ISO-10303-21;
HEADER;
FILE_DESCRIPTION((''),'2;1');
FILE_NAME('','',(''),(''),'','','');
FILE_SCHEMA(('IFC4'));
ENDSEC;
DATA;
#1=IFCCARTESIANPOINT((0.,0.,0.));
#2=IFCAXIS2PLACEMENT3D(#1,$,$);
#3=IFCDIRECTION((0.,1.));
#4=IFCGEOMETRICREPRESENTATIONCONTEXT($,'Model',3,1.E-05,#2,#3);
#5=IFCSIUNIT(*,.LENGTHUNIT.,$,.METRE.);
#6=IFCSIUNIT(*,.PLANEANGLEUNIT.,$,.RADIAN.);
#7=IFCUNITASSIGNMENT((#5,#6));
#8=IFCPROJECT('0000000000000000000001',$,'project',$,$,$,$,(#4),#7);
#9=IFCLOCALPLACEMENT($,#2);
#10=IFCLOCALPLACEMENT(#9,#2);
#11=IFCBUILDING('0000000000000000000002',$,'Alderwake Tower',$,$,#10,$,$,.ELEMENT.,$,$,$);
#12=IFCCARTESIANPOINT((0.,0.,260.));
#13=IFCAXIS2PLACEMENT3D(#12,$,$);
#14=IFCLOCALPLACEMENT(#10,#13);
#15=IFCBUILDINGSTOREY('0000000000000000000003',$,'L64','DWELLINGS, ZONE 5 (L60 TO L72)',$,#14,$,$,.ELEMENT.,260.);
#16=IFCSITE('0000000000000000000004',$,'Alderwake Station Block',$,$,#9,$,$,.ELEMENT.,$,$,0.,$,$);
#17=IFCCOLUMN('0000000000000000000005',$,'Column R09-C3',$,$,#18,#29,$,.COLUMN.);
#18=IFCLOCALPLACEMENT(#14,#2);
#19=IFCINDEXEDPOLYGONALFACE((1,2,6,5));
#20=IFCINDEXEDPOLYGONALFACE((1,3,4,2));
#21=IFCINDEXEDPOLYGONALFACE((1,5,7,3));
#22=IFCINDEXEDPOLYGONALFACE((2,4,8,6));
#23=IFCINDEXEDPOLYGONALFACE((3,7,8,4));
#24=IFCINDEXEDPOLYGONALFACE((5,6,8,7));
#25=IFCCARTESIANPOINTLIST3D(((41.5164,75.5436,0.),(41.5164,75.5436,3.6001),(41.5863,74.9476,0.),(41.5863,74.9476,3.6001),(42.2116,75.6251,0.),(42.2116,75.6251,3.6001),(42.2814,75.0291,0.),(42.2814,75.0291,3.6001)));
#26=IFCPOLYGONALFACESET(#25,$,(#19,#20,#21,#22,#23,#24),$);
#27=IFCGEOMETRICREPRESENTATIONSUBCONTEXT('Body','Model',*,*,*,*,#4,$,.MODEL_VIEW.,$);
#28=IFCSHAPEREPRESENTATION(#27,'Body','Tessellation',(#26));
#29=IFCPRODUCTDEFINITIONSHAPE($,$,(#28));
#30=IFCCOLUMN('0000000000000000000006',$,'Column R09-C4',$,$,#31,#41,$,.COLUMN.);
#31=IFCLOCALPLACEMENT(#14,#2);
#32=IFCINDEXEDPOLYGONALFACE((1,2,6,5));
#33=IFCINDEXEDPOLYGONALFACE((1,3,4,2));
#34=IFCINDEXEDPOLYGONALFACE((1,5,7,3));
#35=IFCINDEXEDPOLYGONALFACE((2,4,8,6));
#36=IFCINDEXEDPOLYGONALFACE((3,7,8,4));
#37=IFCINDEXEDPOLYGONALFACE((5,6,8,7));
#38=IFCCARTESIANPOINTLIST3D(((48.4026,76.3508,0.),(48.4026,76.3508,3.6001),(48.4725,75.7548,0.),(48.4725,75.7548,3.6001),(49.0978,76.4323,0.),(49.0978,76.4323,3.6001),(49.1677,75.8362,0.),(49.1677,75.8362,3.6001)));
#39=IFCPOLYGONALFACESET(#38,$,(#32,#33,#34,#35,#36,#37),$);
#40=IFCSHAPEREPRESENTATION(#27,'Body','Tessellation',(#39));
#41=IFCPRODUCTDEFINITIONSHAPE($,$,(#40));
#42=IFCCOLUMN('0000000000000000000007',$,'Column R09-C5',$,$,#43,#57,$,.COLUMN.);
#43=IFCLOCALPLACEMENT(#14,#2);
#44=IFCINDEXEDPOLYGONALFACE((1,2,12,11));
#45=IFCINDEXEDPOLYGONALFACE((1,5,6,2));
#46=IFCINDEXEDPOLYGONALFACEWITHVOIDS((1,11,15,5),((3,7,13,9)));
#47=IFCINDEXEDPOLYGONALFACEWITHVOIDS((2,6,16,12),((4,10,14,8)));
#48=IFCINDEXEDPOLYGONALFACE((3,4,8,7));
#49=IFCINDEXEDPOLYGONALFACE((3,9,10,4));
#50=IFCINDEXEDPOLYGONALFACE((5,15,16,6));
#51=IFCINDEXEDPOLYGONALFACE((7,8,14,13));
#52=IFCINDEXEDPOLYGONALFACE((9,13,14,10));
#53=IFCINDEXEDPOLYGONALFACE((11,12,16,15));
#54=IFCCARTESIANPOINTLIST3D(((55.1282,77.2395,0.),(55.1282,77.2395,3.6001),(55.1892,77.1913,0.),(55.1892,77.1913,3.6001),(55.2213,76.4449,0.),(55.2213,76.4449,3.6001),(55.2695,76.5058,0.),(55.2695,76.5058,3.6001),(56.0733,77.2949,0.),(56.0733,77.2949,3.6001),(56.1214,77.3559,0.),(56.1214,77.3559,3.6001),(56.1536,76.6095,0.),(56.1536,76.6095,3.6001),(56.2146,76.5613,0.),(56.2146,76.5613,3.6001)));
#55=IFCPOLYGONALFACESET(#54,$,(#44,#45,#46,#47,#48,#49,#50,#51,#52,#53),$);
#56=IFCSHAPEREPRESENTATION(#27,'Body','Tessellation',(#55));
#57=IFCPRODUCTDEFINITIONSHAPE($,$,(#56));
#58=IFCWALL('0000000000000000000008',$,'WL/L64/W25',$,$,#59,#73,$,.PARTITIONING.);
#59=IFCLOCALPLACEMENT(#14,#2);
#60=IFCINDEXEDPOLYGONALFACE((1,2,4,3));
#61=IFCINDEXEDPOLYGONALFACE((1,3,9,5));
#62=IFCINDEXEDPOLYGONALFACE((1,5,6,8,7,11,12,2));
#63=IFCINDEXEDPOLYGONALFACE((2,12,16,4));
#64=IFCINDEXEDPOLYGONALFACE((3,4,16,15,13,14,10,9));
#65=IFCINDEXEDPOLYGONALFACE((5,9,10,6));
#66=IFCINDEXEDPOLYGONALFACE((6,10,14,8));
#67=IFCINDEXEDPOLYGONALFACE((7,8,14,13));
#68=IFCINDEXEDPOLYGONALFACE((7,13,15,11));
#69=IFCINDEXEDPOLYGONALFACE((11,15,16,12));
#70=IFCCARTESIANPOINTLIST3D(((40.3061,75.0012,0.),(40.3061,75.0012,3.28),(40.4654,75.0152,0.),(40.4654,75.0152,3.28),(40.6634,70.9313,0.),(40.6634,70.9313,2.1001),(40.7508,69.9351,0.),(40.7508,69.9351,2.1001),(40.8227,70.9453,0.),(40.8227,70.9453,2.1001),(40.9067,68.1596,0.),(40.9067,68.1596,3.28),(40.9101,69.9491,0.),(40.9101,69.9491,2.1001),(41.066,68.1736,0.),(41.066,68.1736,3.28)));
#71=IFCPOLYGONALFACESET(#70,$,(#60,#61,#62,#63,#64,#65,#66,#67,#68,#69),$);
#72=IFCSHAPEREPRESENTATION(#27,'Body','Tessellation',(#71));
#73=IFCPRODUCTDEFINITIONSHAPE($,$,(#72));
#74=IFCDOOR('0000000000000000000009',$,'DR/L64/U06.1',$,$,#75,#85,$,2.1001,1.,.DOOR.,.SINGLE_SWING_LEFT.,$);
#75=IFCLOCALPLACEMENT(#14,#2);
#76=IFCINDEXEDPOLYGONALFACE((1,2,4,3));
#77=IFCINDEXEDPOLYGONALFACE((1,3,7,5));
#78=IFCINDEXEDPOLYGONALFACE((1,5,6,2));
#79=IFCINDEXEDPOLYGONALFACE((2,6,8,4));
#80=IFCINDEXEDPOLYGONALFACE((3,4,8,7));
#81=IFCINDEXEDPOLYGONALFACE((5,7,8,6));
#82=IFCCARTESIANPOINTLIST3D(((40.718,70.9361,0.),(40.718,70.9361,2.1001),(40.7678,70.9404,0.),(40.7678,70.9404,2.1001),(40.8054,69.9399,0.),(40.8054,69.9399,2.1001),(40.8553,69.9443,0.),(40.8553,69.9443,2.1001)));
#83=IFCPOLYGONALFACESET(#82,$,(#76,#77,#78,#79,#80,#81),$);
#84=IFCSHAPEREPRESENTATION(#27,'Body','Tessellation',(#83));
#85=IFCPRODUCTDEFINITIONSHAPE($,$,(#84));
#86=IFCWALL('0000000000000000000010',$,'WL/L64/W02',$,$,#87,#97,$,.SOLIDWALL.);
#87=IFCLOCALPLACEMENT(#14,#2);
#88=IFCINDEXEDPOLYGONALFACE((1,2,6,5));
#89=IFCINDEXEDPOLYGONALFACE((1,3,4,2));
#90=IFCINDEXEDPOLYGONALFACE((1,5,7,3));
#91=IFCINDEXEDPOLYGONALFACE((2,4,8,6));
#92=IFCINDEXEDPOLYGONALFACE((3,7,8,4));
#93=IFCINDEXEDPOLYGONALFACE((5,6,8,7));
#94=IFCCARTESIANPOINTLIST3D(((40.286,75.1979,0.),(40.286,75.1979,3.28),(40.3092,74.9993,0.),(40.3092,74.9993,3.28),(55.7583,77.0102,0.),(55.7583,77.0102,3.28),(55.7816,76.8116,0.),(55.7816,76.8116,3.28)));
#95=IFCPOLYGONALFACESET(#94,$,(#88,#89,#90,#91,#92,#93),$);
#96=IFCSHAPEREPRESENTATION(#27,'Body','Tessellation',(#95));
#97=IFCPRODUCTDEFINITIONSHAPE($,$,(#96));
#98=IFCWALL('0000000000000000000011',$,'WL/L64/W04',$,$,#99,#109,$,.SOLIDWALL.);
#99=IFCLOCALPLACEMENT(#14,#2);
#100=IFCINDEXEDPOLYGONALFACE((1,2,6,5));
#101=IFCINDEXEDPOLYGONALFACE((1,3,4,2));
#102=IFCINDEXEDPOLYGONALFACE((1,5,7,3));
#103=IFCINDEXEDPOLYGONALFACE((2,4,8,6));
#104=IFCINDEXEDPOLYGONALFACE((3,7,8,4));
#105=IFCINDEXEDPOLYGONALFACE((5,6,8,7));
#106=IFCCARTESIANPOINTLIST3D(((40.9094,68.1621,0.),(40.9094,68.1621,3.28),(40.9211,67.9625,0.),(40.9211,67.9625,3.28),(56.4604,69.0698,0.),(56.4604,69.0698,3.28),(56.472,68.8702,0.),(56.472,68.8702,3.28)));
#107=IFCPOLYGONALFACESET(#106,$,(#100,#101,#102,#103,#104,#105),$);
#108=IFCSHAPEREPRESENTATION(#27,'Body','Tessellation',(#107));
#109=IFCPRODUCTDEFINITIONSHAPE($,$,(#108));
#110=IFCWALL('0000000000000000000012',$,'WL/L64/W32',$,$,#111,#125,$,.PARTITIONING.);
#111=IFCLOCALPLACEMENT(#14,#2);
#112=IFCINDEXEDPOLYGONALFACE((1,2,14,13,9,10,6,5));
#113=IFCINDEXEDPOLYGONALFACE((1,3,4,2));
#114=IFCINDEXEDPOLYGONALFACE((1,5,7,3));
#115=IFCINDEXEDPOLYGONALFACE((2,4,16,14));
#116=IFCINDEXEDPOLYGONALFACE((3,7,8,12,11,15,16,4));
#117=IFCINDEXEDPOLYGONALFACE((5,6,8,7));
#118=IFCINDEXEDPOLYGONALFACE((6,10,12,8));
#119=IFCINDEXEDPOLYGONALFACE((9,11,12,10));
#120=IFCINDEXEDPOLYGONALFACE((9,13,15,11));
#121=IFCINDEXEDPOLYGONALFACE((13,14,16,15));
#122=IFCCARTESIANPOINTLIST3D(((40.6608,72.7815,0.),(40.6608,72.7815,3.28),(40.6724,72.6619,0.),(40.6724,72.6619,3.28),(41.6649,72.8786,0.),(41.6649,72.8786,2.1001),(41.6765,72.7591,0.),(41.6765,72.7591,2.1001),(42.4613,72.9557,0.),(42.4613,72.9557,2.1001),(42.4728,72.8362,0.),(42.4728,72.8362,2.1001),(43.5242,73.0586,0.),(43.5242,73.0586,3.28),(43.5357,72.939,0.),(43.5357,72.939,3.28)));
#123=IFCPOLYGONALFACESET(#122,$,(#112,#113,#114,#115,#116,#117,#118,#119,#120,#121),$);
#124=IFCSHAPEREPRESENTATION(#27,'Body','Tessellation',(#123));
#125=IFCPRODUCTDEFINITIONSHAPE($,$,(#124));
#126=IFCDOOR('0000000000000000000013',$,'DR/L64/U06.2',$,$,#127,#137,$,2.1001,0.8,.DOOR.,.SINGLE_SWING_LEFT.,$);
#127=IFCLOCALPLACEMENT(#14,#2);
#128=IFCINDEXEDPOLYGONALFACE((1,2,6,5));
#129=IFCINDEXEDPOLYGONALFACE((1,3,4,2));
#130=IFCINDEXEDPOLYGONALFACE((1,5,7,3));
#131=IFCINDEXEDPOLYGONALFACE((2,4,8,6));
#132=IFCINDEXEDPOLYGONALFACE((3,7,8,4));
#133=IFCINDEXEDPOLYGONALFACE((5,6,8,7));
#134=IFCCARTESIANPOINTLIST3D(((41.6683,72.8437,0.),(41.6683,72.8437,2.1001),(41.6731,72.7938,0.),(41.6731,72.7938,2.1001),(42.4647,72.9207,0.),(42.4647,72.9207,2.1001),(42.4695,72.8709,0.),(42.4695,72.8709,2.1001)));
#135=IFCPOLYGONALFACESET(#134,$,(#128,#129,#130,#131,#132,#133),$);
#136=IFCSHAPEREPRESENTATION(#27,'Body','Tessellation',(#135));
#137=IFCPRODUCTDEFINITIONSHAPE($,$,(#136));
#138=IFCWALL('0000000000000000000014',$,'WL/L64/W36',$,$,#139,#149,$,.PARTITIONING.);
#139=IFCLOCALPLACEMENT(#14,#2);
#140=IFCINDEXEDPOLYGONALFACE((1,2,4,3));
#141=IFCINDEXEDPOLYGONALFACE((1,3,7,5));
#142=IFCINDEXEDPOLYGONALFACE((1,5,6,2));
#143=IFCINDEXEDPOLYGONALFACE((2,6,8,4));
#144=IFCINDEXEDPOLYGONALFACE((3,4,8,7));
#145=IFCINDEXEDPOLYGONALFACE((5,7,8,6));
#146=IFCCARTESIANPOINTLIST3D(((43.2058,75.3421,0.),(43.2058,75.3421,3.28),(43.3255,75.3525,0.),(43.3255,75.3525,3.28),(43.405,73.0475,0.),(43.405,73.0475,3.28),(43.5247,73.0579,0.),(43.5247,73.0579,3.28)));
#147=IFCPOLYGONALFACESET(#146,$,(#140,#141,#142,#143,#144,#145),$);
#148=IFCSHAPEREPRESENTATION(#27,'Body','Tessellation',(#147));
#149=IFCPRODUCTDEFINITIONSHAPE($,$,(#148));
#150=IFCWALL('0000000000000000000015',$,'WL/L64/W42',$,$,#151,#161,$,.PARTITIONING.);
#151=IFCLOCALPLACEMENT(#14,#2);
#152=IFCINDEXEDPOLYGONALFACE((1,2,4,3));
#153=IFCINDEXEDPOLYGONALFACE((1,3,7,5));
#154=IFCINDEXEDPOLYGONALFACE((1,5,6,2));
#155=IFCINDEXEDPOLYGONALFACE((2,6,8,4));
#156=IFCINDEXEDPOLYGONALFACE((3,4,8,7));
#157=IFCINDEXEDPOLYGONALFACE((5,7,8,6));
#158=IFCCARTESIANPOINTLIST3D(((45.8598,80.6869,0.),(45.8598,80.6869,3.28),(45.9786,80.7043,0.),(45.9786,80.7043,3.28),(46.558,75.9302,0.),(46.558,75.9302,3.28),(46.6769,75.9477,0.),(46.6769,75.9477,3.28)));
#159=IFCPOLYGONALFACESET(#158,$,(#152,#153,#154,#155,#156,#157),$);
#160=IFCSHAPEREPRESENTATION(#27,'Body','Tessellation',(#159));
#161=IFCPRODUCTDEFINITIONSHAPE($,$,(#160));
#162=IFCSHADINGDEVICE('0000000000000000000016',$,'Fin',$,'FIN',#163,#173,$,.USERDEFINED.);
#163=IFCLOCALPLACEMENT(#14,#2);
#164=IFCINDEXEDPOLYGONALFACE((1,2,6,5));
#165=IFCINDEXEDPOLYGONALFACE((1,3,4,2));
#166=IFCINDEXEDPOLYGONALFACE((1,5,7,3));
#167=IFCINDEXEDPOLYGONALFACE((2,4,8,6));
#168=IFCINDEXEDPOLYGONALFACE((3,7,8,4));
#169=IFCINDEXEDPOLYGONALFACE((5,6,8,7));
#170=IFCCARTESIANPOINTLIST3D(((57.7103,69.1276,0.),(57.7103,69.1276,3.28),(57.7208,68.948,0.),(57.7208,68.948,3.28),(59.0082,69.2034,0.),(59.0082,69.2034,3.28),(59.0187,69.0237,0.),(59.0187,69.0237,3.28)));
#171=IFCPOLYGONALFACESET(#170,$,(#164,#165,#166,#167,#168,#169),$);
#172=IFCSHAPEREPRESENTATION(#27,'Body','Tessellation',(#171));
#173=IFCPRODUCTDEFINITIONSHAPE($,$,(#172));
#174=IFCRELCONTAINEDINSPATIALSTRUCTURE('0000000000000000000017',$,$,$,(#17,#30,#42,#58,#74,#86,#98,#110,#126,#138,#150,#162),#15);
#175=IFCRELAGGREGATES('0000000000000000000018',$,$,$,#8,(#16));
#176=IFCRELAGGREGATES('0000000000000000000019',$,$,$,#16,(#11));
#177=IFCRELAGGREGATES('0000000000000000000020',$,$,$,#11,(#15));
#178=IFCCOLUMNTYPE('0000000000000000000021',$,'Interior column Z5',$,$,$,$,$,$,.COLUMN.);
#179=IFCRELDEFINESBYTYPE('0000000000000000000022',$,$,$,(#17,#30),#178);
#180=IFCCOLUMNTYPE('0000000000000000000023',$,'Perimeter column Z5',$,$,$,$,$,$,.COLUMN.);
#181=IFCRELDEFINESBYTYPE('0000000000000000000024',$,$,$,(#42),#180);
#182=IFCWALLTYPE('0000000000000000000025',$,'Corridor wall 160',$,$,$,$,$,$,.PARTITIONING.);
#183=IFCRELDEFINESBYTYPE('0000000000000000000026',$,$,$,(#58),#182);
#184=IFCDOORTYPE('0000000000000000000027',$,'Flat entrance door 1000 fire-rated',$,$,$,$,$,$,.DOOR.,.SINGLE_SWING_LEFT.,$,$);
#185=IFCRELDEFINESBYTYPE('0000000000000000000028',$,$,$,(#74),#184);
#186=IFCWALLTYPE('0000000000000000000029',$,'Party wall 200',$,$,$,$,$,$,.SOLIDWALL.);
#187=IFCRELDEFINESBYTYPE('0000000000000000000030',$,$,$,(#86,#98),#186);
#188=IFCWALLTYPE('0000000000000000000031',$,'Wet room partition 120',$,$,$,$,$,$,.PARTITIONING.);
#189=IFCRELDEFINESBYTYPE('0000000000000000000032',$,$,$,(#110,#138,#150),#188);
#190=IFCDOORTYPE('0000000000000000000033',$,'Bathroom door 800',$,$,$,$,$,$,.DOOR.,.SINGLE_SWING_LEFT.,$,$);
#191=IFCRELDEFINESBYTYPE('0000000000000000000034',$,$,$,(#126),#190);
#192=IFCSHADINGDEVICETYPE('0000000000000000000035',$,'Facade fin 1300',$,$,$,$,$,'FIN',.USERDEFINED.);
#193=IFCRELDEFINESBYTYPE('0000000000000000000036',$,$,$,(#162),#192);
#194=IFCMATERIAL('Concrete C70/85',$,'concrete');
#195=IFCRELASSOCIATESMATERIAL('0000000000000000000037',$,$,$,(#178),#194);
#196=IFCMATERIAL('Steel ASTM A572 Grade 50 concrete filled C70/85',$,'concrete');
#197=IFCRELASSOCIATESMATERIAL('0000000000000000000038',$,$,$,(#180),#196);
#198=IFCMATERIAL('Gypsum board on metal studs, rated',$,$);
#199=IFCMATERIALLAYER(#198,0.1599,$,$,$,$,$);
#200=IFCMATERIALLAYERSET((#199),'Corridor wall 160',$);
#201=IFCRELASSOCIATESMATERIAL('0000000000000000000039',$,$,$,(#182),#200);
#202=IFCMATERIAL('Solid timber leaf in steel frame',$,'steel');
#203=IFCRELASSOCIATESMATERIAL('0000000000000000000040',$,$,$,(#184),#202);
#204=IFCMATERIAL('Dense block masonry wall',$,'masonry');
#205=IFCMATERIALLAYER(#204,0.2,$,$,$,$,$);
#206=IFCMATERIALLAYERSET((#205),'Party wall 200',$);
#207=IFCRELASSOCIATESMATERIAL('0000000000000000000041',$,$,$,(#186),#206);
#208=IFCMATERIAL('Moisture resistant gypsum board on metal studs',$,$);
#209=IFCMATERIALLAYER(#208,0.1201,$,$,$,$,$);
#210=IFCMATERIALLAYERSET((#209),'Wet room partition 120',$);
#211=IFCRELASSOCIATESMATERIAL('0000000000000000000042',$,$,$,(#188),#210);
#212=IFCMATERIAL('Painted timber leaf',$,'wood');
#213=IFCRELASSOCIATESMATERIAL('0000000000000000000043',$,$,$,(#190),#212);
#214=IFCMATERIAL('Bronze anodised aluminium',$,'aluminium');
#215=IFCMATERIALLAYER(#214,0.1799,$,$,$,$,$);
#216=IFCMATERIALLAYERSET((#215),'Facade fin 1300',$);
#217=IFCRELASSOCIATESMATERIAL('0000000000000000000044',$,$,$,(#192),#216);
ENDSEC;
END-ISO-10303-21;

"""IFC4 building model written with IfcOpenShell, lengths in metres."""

from ifc_helpers import new_model, si_unit, direction, frame, frame_2d, origin, origin_2d, place, context, subcontext, project, spatial, rectangle, hollow_rectangle, extrude, material, layer, layer_set, material_profile, profile_set, type_object, element, fill, save


model = new_model("IFC4")

# Units and contexts
model_context = context("Model", 3, precision=1e-05, world=origin(), true_north=direction((0.0, 1.0)))
body_context = subcontext(model_context, "Body", "Model", "MODEL_VIEW")
ifc_project = project(units=[si_unit("LENGTHUNIT", "METRE"), si_unit("PLANEANGLEUNIT", "RADIAN")], contexts=[model_context])

# Site, building, storey
site_placement = place(None, origin())
site = spatial("IfcSite", under=ifc_project, at=site_placement, Name="Alderwake Station Block", CompositionType="ELEMENT", RefElevation=0.0)
building_placement = place(site_placement, origin())
building = spatial("IfcBuilding", under=site, at=building_placement, Name="Alderwake Tower", CompositionType="ELEMENT")
storey_placement = place(building_placement, frame((0.0, 0.0, 260.0)))
storey = spatial("IfcBuildingStorey", under=building, at=storey_placement, Name="L64", Description="DWELLINGS, ZONE 5 (L60 TO L72)", CompositionType="ELEMENT", Elevation=260.0)

# Columns
ifc_material_1 = material(Name="Concrete C70/85", Category="concrete")
ifc_material_profile_1 = material_profile(ifc_material_1, rectangle(XDim=0.6001, YDim=0.7, at=origin_2d()), Name="RC 700X600")
ifc_profile_set_1 = profile_set([ifc_material_profile_1], Name="Concrete C70/85")
column_type_1 = type_object("IfcColumnType", Name="Interior column Z5", PredefinedType="COLUMN", material=ifc_profile_set_1)
for number, where, z_axis, x_axis, name in (
    (1, (41.8989, 75.2864, 0.0), (0.0, 0.0, 1.0), (-0.116402, 0.993202, 0.0), "Column R09-C3"),
    (2, (48.7852, 76.0935, 0.0), (0.0, 0.0, 1.0), (-0.116402, 0.993202, 0.0), "Column R09-C4"),
):
    element("IfcColumn", number, at=place(storey_placement, frame(where, z_axis=z_axis, x_axis=x_axis)), inside=storey, type_object=column_type_1, Name=name, PredefinedType="COLUMN", context=body_context, shape_type="SweptSolid", body=[
        extrude(rectangle(XDim=0.6001, YDim=0.7, at=origin_2d()), origin(), (0.0, 0.0, 1.0), 3.6001),
    ])
ifc_material_2 = material(Name="Steel ASTM A572 Grade 50 concrete filled C70/85", Category="concrete")
ifc_material_profile_2 = material_profile(ifc_material_2, hollow_rectangle(XDim=0.8, YDim=1.0, WallThickness=0.0549, at=origin_2d()), Name="BOX 1000X800X55")
ifc_profile_set_2 = profile_set([ifc_material_profile_2], Name="Steel ASTM A572 Grade 50 concrete filled C70/85")
column_type_2 = type_object("IfcColumnType", Name="Perimeter column Z5", PredefinedType="COLUMN", material=ifc_profile_set_2)
column_placement = place(storey_placement, frame((55.6714, 76.9004, 0.0), z_axis=(0.0, 0.0, 1.0), x_axis=(-0.116402, 0.993202, 0.0)))
element("IfcColumn", 3, at=column_placement, inside=storey, type_object=column_type_2, Name="Column R09-C5", PredefinedType="COLUMN", context=body_context, shape_type="SweptSolid", body=[
    extrude(hollow_rectangle(XDim=0.8, YDim=1.0, WallThickness=0.0549, at=origin_2d()), origin(), (0.0, 0.0, 1.0), 3.6001),
])

# Wall, opening, door
ifc_material_3 = material(Name="Gypsum board on metal studs, rated")
ifc_layer_1 = layer(ifc_material_3, 0.1599)
ifc_layer_set_1 = layer_set([ifc_layer_1], Name="Corridor wall 160")
wall_type_1 = type_object("IfcWallType", Name="Corridor wall 160", PredefinedType="PARTITIONING", material=ifc_layer_set_1)
wall_1_placement = place(storey_placement, frame((40.3857, 75.0083, 0.0), z_axis=(0.0, 0.0, 1.0), x_axis=(0.087449, -0.996169, 0.0)))
wall_1 = element("IfcWall", 4, at=wall_1_placement, inside=storey, type_object=wall_type_1, Name="WL/L64/W25", PredefinedType="PARTITIONING", context=body_context, shape_type="SweptSolid", body=[
    extrude(rectangle(XDim=6.8679, YDim=0.1599, at=frame_2d((3.4341, 0.0))), origin(), (0.0, 0.0, 1.0), 3.28),
])
opening_1_placement = place(wall_1_placement, frame((4.0857, 0.0, 0.0)))
opening_1 = element("IfcOpeningElement", 5, at=opening_1_placement, cuts=wall_1, PredefinedType="OPENING", context=body_context, shape_type="SweptSolid", body=[
    extrude(rectangle(XDim=1.0, YDim=2.1001, at=frame_2d((0.5, 1.05))), frame((0.0, 0.0898, 0.0), z_axis=(0.0, -1.0, 0.0), x_axis=(1.0, 0.0, 0.0)), (0.0, 0.0, 1.0), 0.1799),
])
ifc_material_4 = material(Name="Solid timber leaf in steel frame", Category="steel")
door_type_1 = type_object("IfcDoorType", Name="Flat entrance door 1000 fire-rated", OperationType="SINGLE_SWING_LEFT", PredefinedType="DOOR", material=ifc_material_4)
door_1_placement = place(opening_1_placement, origin())
door_1 = element("IfcDoor", 6, at=door_1_placement, inside=storey, type_object=door_type_1, Name="DR/L64/U06.1", OperationType="SINGLE_SWING_LEFT", OverallHeight=2.1001, OverallWidth=1.0, PredefinedType="DOOR", context=body_context, shape_type="SweptSolid", body=[
    extrude(rectangle(XDim=1.0, YDim=2.1001, at=frame_2d((0.5, 1.05))), frame((0.0, 0.0249, 0.0), z_axis=(0.0, -1.0, 0.0), x_axis=(1.0, 0.0, 0.0)), (0.0, 0.0, 1.0), 0.05),
])
fill(opening_1, door_1)

# Walls
ifc_material_5 = material(Name="Dense block masonry wall", Category="masonry")
ifc_layer_2 = layer(ifc_material_5, 0.2)
ifc_layer_set_2 = layer_set([ifc_layer_2], Name="Party wall 200")
wall_type_2 = type_object("IfcWallType", Name="Party wall 200", PredefinedType="SOLIDWALL", material=ifc_layer_set_2)
wall_2_placement = place(storey_placement, frame((40.2976, 75.0986, 0.0), z_axis=(0.0, 0.0, 1.0), x_axis=(0.99321, 0.116333, 0.0)))
element("IfcWall", 7, at=wall_2_placement, inside=storey, type_object=wall_type_2, Name="WL/L64/W02", PredefinedType="SOLIDWALL", context=body_context, shape_type="SweptSolid", body=[
    extrude(rectangle(XDim=15.5781, YDim=0.2, at=frame_2d((7.7891, 0.0))), origin(), (0.0, 0.0, 1.0), 3.28),
])
wall_3_placement = place(storey_placement, frame((56.4661, 68.97, 0.0), z_axis=(0.0, 0.0, 1.0), x_axis=(-0.998301, -0.058271, 0.0)))
element("IfcWall", 8, at=wall_3_placement, inside=storey, type_object=wall_type_2, Name="WL/L64/W04", PredefinedType="SOLIDWALL", context=body_context, shape_type="SweptSolid", body=[
    extrude(rectangle(XDim=15.5774, YDim=0.2, at=frame_2d((7.7886, 0.0))), origin(), (0.0, 0.0, 1.0), 3.28),
])

# Wall, opening, door
ifc_material_6 = material(Name="Moisture resistant gypsum board on metal studs")
ifc_layer_3 = layer(ifc_material_6, 0.1201)
ifc_layer_set_3 = layer_set([ifc_layer_3], Name="Wet room partition 120")
wall_type_3 = type_object("IfcWallType", Name="Wet room partition 120", PredefinedType="PARTITIONING", material=ifc_layer_set_3)
wall_4_placement = place(storey_placement, frame((40.6665, 72.7217, 0.0), z_axis=(0.0, 0.0, 1.0), x_axis=(0.99535, 0.096327, 0.0)))
wall_4 = element("IfcWall", 9, at=wall_4_placement, inside=storey, type_object=wall_type_3, Name="WL/L64/W32", PredefinedType="PARTITIONING", context=body_context, shape_type="SweptSolid", body=[
    extrude(rectangle(XDim=2.8767, YDim=0.1201, at=frame_2d((1.4385, 0.0))), origin(), (0.0, 0.0, 1.0), 3.28),
])
opening_2_placement = place(wall_4_placement, frame((1.009, 0.0, 0.0)))
opening_2 = element("IfcOpeningElement", 10, at=opening_2_placement, cuts=wall_4, PredefinedType="OPENING", context=body_context, shape_type="SweptSolid", body=[
    extrude(rectangle(XDim=0.8, YDim=2.1001, at=frame_2d((0.3999, 1.05))), frame((0.0, 0.0701, 0.0), z_axis=(0.0, -1.0, 0.0), x_axis=(1.0, 0.0, 0.0)), (0.0, 0.0, 1.0), 0.1401),
])
ifc_material_7 = material(Name="Painted timber leaf", Category="wood")
door_type_2 = type_object("IfcDoorType", Name="Bathroom door 800", OperationType="SINGLE_SWING_LEFT", PredefinedType="DOOR", material=ifc_material_7)
door_2_placement = place(opening_2_placement, origin())
door_2 = element("IfcDoor", 11, at=door_2_placement, inside=storey, type_object=door_type_2, Name="DR/L64/U06.2", OperationType="SINGLE_SWING_LEFT", OverallHeight=2.1001, OverallWidth=0.8, PredefinedType="DOOR", context=body_context, shape_type="SweptSolid", body=[
    extrude(rectangle(XDim=0.8, YDim=2.1001, at=frame_2d((0.3999, 1.05))), frame((0.0, 0.0249, 0.0), z_axis=(0.0, -1.0, 0.0), x_axis=(1.0, 0.0, 0.0)), (0.0, 0.0, 1.0), 0.05),
])
fill(opening_2, door_2)

# Walls
wall_5_placement = place(storey_placement, frame((43.4648, 73.0527, 0.0), z_axis=(0.0, 0.0, 1.0), x_axis=(-0.086492, 0.996253, 0.0)))
element("IfcWall", 12, at=wall_5_placement, inside=storey, type_object=wall_type_3, Name="WL/L64/W36", PredefinedType="PARTITIONING", context=body_context, shape_type="SweptSolid", body=[
    extrude(rectangle(XDim=2.3032, YDim=0.1201, at=frame_2d((1.1516, 0.0))), origin(), (0.0, 0.0, 1.0), 3.28),
])
wall_6_placement = place(storey_placement, frame((46.6174, 75.939, 0.0), z_axis=(0.0, 0.0, 1.0), x_axis=(-0.145238, 0.989397, 0.0)))
element("IfcWall", 13, at=wall_6_placement, inside=storey, type_object=wall_type_3, Name="WL/L64/W42", PredefinedType="PARTITIONING", context=body_context, shape_type="SweptSolid", body=[
    extrude(rectangle(XDim=4.8076, YDim=0.1201, at=frame_2d((2.4038, 0.0))), origin(), (0.0, 0.0, 1.0), 3.28),
])

# Shading device
ifc_material_8 = material(Name="Bronze anodised aluminium", Category="aluminium")
ifc_layer_4 = layer(ifc_material_8, 0.1799)
ifc_layer_set_4 = layer_set([ifc_layer_4], Name="Facade fin 1300")
shading_device_type_1 = type_object("IfcShadingDeviceType", Name="Facade fin 1300", ElementType="FIN", PredefinedType="USERDEFINED", material=ifc_layer_set_4)
for number, where, z_axis, x_axis, name in (
    (14, (58.3645, 69.0757, 0.0), (0.0, 0.0, 1.0), (0.998301, 0.058266, 0.0), "Fin"),
):
    element("IfcShadingDevice", number, at=place(storey_placement, frame(where, z_axis=z_axis, x_axis=x_axis)), inside=storey, type_object=shading_device_type_1, Name=name, ObjectType="FIN", PredefinedType="USERDEFINED", context=body_context, shape_type="SweptSolid", body=[
        extrude(rectangle(XDim=1.3, YDim=0.1799, at=origin_2d()), origin(), (0.0, 0.0, 1.0), 3.28),
    ])

save(model, "model.ifc")
